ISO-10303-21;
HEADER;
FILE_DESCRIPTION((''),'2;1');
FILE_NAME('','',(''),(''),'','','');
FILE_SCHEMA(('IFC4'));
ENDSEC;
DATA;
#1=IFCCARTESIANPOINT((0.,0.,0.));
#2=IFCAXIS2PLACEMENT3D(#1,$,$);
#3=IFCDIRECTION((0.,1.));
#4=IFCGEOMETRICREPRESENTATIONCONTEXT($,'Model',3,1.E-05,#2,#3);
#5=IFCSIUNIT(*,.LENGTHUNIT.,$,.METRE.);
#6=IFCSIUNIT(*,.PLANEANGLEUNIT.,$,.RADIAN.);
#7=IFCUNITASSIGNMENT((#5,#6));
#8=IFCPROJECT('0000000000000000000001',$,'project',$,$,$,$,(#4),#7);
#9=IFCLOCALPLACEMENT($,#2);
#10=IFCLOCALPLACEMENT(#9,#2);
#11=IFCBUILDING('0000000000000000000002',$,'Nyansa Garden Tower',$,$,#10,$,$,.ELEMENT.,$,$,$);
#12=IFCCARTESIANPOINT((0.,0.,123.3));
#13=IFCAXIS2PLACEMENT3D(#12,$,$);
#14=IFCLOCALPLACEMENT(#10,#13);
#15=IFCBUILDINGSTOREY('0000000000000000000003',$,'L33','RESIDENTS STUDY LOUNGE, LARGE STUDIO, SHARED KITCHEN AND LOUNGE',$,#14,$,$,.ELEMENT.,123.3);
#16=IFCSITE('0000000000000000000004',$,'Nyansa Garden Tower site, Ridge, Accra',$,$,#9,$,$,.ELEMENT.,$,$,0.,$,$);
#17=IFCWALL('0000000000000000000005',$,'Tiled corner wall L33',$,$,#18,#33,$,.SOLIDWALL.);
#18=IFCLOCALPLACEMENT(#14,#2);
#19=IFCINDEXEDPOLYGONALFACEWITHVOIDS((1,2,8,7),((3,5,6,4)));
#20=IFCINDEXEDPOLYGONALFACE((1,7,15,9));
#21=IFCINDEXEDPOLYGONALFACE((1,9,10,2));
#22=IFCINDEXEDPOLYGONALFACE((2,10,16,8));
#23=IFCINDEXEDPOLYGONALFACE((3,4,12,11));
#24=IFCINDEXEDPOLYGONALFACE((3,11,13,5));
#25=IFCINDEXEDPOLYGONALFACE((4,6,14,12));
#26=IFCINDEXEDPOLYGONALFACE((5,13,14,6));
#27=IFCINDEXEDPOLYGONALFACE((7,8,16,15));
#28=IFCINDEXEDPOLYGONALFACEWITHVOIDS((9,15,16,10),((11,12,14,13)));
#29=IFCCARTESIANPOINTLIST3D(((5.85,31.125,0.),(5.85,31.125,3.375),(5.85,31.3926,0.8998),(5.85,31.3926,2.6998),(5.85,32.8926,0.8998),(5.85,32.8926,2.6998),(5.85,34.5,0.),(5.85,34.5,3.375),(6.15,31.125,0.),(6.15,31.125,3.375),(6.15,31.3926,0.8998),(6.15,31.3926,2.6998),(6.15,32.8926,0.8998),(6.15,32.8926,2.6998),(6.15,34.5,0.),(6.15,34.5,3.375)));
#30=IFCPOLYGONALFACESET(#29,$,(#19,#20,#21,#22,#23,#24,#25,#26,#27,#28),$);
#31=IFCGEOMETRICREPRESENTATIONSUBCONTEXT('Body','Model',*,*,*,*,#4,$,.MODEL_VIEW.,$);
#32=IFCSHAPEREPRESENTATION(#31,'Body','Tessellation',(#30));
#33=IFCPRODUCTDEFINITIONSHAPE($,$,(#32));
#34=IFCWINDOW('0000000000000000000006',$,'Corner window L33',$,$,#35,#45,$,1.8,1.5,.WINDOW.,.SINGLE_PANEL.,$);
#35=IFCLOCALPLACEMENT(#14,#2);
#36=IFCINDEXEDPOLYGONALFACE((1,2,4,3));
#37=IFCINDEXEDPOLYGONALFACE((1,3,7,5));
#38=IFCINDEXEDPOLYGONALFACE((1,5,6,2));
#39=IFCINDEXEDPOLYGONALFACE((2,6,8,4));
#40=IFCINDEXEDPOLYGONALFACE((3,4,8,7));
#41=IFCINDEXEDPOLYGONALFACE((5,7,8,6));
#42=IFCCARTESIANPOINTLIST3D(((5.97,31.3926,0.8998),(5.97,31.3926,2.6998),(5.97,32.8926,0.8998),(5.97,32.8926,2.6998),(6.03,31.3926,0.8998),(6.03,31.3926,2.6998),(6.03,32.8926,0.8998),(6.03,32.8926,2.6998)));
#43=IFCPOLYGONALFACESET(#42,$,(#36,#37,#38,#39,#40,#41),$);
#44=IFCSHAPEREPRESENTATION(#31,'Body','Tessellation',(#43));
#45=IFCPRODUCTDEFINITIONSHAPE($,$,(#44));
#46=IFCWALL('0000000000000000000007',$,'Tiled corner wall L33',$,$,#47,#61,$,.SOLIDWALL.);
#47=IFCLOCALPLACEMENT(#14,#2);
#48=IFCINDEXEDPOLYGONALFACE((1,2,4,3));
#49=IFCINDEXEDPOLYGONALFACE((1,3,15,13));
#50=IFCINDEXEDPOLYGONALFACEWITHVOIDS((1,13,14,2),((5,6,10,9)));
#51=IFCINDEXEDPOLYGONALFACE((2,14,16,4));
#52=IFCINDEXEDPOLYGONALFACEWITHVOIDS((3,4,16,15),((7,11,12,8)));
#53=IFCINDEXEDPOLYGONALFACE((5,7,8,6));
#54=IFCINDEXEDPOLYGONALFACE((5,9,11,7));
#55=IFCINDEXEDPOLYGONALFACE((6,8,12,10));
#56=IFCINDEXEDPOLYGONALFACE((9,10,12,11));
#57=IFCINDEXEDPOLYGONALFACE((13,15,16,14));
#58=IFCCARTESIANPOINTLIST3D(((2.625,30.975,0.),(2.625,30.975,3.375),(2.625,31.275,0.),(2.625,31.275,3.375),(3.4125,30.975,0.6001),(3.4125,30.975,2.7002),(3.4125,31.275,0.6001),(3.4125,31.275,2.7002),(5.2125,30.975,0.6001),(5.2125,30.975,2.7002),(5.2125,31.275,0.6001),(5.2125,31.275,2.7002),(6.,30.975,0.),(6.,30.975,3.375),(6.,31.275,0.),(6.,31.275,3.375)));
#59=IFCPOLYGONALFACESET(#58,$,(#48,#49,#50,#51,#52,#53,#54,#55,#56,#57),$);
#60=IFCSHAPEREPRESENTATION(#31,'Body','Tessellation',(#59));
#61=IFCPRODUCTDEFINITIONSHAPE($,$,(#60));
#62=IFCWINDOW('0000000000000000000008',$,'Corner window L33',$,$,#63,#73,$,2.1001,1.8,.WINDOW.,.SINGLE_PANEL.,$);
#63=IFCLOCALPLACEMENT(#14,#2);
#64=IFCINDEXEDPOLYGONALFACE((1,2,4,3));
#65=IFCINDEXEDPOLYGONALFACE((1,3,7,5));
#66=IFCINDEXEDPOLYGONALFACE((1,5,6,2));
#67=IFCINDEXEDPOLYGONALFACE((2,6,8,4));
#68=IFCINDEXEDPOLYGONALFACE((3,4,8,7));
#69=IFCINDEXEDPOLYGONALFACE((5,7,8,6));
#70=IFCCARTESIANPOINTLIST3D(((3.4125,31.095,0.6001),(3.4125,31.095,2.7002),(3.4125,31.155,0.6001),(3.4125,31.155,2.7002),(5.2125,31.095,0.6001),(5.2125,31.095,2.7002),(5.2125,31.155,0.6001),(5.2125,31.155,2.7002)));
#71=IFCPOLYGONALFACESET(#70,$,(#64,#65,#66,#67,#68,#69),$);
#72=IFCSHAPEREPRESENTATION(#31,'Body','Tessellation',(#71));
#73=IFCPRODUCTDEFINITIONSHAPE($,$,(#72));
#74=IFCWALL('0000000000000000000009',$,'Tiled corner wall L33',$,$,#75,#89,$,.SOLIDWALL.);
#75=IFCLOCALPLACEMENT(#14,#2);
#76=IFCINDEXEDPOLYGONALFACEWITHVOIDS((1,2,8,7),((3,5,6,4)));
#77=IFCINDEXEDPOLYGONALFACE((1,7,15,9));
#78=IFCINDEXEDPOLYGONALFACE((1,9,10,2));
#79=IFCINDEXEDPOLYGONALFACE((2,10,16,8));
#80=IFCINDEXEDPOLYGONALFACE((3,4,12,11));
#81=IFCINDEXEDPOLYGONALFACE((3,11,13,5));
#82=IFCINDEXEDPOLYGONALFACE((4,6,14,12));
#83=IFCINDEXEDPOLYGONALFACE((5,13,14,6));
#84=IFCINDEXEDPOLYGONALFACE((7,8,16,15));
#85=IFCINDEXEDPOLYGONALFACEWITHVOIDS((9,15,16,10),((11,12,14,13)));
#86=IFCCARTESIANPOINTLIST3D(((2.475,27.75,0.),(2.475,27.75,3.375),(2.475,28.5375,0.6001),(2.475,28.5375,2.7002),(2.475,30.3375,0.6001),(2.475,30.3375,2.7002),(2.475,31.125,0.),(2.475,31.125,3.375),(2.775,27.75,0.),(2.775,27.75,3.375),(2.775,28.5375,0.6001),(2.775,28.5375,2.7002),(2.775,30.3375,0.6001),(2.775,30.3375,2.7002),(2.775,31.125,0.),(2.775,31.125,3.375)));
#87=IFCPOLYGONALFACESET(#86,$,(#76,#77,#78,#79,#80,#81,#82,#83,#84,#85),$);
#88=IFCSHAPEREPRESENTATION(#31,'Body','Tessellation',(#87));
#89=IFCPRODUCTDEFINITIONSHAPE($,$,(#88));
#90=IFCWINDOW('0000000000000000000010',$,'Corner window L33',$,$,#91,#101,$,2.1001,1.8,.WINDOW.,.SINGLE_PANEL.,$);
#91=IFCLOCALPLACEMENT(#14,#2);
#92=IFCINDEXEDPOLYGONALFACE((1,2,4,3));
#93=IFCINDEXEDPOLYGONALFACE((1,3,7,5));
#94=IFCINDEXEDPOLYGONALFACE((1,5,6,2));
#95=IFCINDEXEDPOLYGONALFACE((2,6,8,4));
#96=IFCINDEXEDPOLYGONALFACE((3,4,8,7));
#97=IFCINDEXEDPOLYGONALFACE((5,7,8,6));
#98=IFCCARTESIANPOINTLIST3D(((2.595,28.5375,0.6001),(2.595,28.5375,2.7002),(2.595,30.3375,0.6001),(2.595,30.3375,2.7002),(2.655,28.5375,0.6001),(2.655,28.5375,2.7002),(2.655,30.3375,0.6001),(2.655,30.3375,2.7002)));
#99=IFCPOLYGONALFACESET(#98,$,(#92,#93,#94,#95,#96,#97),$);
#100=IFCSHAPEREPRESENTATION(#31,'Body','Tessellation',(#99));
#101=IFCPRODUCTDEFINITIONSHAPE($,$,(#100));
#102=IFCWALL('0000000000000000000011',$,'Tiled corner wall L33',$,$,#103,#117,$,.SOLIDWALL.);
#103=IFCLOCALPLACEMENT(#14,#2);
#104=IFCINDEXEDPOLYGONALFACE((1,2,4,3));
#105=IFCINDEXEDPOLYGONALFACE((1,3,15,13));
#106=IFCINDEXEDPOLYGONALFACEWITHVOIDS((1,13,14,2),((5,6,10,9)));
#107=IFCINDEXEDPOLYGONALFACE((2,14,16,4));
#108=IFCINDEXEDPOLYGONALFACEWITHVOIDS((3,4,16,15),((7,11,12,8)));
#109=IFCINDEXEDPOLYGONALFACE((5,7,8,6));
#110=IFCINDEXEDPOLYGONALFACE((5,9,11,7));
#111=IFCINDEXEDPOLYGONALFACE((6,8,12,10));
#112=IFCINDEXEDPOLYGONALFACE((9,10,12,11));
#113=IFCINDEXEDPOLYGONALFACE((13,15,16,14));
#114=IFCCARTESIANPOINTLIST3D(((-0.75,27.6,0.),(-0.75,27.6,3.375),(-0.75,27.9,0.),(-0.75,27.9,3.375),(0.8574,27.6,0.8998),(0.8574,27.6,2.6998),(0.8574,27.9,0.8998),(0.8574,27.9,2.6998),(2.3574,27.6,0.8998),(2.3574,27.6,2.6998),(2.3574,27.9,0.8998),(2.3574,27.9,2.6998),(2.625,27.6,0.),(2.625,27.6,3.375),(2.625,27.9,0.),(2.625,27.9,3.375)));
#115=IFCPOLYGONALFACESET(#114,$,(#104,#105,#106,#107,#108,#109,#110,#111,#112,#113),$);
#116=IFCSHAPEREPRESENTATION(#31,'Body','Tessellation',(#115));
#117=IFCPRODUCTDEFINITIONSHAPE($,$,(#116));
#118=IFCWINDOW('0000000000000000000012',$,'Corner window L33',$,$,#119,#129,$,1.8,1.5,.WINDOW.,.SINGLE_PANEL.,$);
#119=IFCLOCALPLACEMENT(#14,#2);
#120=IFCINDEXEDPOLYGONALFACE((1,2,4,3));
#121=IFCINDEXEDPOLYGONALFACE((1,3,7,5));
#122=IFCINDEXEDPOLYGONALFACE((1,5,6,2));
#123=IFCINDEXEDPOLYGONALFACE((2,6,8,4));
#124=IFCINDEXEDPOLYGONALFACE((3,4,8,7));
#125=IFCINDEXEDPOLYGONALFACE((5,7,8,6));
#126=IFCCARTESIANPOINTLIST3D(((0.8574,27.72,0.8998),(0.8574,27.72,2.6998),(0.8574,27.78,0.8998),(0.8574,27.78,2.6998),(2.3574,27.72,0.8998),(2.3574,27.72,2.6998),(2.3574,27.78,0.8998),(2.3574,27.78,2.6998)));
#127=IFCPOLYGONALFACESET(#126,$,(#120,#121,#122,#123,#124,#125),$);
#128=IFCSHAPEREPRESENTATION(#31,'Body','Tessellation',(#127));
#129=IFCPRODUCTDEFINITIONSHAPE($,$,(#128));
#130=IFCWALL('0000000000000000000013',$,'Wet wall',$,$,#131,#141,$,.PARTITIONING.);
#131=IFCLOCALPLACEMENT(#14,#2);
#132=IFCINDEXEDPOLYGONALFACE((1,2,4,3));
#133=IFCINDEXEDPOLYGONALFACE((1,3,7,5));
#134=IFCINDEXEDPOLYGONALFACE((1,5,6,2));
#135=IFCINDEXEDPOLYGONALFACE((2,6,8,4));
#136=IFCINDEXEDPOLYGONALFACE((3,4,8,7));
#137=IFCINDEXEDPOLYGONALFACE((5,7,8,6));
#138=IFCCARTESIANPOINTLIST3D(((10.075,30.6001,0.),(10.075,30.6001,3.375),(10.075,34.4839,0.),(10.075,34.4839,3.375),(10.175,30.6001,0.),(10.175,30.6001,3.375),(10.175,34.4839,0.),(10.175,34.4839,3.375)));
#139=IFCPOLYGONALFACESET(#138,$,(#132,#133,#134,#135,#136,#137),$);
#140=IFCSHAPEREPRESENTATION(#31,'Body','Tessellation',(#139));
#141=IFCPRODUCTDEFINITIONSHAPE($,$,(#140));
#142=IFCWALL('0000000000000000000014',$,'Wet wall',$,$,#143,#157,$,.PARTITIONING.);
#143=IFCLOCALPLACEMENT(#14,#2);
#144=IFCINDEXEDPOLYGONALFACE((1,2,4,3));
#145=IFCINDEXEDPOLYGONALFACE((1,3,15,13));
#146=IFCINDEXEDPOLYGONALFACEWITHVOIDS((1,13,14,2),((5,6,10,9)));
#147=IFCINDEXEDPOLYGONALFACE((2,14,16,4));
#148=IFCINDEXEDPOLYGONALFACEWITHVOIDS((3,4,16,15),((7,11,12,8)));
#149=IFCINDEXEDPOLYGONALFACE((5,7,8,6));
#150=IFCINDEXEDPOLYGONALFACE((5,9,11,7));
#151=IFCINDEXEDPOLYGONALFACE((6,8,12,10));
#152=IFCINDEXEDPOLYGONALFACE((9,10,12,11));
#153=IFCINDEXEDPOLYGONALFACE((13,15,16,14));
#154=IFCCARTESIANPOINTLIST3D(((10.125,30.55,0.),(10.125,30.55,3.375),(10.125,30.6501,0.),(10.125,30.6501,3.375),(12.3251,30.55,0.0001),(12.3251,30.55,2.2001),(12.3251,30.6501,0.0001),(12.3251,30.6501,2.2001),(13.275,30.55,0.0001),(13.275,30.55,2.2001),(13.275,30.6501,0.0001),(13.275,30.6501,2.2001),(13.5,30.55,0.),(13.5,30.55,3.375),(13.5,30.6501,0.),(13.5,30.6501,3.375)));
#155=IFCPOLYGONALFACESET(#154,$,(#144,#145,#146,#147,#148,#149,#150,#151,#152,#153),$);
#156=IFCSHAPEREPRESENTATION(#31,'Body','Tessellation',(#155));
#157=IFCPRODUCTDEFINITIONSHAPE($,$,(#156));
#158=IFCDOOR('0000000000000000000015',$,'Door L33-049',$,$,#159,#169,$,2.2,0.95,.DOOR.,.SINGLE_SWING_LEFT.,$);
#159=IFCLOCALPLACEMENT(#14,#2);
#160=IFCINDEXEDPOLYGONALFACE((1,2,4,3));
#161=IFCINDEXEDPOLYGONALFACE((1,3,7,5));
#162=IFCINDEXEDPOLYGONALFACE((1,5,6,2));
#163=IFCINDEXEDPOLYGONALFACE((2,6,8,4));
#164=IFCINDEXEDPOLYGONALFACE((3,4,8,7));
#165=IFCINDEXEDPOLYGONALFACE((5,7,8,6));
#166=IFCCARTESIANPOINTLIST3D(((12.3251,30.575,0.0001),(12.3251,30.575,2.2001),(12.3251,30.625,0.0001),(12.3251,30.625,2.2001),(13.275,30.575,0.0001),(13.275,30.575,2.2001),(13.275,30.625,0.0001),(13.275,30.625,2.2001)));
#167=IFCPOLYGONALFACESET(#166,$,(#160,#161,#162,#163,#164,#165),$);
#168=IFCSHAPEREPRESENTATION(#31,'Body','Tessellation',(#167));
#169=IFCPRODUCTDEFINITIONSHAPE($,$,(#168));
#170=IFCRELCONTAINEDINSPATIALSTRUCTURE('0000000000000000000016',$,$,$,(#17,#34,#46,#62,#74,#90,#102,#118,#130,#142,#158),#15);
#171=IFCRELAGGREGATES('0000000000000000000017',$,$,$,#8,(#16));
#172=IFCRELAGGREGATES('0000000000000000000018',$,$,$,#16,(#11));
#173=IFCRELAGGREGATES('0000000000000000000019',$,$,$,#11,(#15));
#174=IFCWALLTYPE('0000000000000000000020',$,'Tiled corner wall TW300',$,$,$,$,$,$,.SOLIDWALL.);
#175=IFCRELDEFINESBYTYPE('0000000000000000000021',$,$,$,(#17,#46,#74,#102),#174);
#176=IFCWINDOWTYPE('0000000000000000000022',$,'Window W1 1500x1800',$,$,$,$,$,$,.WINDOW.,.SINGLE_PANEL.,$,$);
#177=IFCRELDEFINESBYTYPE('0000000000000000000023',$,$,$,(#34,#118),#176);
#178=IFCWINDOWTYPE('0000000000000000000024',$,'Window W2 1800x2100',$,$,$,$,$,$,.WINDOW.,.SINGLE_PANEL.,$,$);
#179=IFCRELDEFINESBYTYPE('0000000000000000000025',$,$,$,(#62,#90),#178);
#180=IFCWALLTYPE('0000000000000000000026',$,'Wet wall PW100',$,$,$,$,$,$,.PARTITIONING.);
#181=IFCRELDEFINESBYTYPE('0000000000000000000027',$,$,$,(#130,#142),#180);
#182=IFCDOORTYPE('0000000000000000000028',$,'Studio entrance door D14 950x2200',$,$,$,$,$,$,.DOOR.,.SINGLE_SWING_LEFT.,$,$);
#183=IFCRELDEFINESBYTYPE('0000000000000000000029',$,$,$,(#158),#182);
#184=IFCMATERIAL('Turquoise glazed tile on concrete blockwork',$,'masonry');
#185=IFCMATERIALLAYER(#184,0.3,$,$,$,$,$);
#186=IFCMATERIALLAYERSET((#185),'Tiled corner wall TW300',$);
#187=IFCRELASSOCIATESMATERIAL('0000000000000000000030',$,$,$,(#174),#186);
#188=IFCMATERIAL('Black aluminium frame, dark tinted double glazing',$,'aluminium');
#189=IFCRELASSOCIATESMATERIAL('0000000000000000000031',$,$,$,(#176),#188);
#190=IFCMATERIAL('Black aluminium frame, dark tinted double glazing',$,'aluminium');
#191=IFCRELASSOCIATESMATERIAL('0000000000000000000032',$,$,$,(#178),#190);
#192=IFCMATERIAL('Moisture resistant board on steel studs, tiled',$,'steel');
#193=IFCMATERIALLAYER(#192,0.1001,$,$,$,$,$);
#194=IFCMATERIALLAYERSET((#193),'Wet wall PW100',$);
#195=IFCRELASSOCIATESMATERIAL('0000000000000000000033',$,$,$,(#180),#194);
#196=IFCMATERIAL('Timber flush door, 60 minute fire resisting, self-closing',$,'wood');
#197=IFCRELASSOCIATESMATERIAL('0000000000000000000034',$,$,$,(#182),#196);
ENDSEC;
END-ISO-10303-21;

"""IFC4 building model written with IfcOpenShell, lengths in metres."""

from ifc_helpers import new_model, si_unit, direction, frame, frame_2d, origin, place, context, subcontext, project, spatial, rectangle, extrude, material, layer, layer_set, type_object, element, fill, save


model = new_model("IFC4")

# Units and contexts
model_context = context("Model", 3, precision=1e-05, world=origin(), true_north=direction((0.0, 1.0)))
body_context = subcontext(model_context, "Body", "Model", "MODEL_VIEW")
ifc_project = project(units=[si_unit("LENGTHUNIT", "METRE"), si_unit("PLANEANGLEUNIT", "RADIAN")], contexts=[model_context])

# Site, building, storey
site_placement = place(None, origin())
site = spatial("IfcSite", under=ifc_project, at=site_placement, Name="Nyansa Garden Tower site, Ridge, Accra", CompositionType="ELEMENT", RefElevation=0.0)
building_placement = place(site_placement, origin())
building = spatial("IfcBuilding", under=site, at=building_placement, Name="Nyansa Garden Tower", CompositionType="ELEMENT")
storey_placement = place(building_placement, frame((0.0, 0.0, 123.3)))
storey = spatial("IfcBuildingStorey", under=building, at=storey_placement, Name="L33", Description="RESIDENTS STUDY LOUNGE, LARGE STUDIO, SHARED KITCHEN AND LOUNGE", CompositionType="ELEMENT", Elevation=123.3)

# Walls, openings, windows
ifc_material_1 = material(Name="Turquoise glazed tile on concrete blockwork", Category="masonry")
ifc_layer_1 = layer(ifc_material_1, 0.3)
ifc_layer_set_1 = layer_set([ifc_layer_1], Name="Tiled corner wall TW300")
wall_type_1 = type_object("IfcWallType", Name="Tiled corner wall TW300", PredefinedType="SOLIDWALL", material=ifc_layer_set_1)
wall_1_placement = place(storey_placement, frame((6.0, 34.5, 0.0), z_axis=(0.0, 0.0, 1.0), x_axis=(0.0, -1.0, 0.0)))
wall_1 = element("IfcWall", 1, at=wall_1_placement, inside=storey, type_object=wall_type_1, Name="Tiled corner wall L33", PredefinedType="SOLIDWALL", context=body_context, shape_type="SweptSolid", body=[
    extrude(rectangle(XDim=3.375, YDim=0.3, at=frame_2d((1.6875, 0.0))), origin(), (0.0, 0.0, 1.0), 3.375),
])
opening_1_placement = place(wall_1_placement, frame((1.6074, 0.0, 0.8999)))
opening_1 = element("IfcOpeningElement", 2, at=opening_1_placement, cuts=wall_1, PredefinedType="OPENING", context=body_context, shape_type="SweptSolid", body=[
    extrude(rectangle(XDim=1.5, YDim=1.8, at=frame_2d((0.75, 0.8999))), frame((0.0, 0.1599, 0.0), z_axis=(0.0, -1.0, 0.0), x_axis=(1.0, 0.0, 0.0)), (0.0, 0.0, 1.0), 0.3201),
])
ifc_material_2 = material(Name="Black aluminium frame, dark tinted double glazing", Category="aluminium")
window_type_1 = type_object("IfcWindowType", Name="Window W1 1500x1800", PartitioningType="SINGLE_PANEL", PredefinedType="WINDOW", material=ifc_material_2)
window_1_placement = place(opening_1_placement, origin())
window_1 = element("IfcWindow", 3, at=window_1_placement, inside=storey, type_object=window_type_1, Name="Corner window L33", OverallHeight=1.8, OverallWidth=1.5, PartitioningType="SINGLE_PANEL", PredefinedType="WINDOW", context=body_context, shape_type="SweptSolid", body=[
    extrude(rectangle(XDim=1.5, YDim=1.8, at=frame_2d((0.75, 0.8999))), frame((0.0, 0.03, 0.0), z_axis=(0.0, -1.0, 0.0), x_axis=(1.0, 0.0, 0.0)), (0.0, 0.0, 1.0), 0.0601),
])
fill(opening_1, window_1)
wall_2_placement = place(storey_placement, frame((6.0, 31.125, 0.0), z_axis=(0.0, 0.0, 1.0), x_axis=(-1.0, 0.0, 0.0)))
wall_2 = element("IfcWall", 4, at=wall_2_placement, inside=storey, type_object=wall_type_1, Name="Tiled corner wall L33", PredefinedType="SOLIDWALL", context=body_context, shape_type="SweptSolid", body=[
    extrude(rectangle(XDim=3.375, YDim=0.3, at=frame_2d((1.6875, 0.0))), origin(), (0.0, 0.0, 1.0), 3.375),
])
opening_2_placement = place(wall_2_placement, frame((0.7876, 0.0, 0.6001)))
opening_2 = element("IfcOpeningElement", 5, at=opening_2_placement, cuts=wall_2, PredefinedType="OPENING", context=body_context, shape_type="SweptSolid", body=[
    extrude(rectangle(XDim=1.8, YDim=2.1001, at=frame_2d((0.8999, 1.05))), frame((0.0, 0.1599, 0.0), z_axis=(0.0, -1.0, 0.0), x_axis=(1.0, 0.0, 0.0)), (0.0, 0.0, 1.0), 0.3201),
])
ifc_material_3 = material(Name="Black aluminium frame, dark tinted double glazing", Category="aluminium")
window_type_2 = type_object("IfcWindowType", Name="Window W2 1800x2100", PartitioningType="SINGLE_PANEL", PredefinedType="WINDOW", material=ifc_material_3)
window_2_placement = place(opening_2_placement, origin())
window_2 = element("IfcWindow", 6, at=window_2_placement, inside=storey, type_object=window_type_2, Name="Corner window L33", OverallHeight=2.1001, OverallWidth=1.8, PartitioningType="SINGLE_PANEL", PredefinedType="WINDOW", context=body_context, shape_type="SweptSolid", body=[
    extrude(rectangle(XDim=1.8, YDim=2.1001, at=frame_2d((0.8999, 1.05))), frame((0.0, 0.03, 0.0), z_axis=(0.0, -1.0, 0.0), x_axis=(1.0, 0.0, 0.0)), (0.0, 0.0, 1.0), 0.0601),
])
fill(opening_2, window_2)
wall_3_placement = place(storey_placement, frame((2.625, 31.125, 0.0), z_axis=(0.0, 0.0, 1.0), x_axis=(0.0, -1.0, 0.0)))
wall_3 = element("IfcWall", 7, at=wall_3_placement, inside=storey, type_object=wall_type_1, Name="Tiled corner wall L33", PredefinedType="SOLIDWALL", context=body_context, shape_type="SweptSolid", body=[
    extrude(rectangle(XDim=3.375, YDim=0.3, at=frame_2d((1.6875, 0.0))), origin(), (0.0, 0.0, 1.0), 3.375),
])
opening_3_placement = place(wall_3_placement, frame((0.7876, 0.0, 0.6001)))
opening_3 = element("IfcOpeningElement", 8, at=opening_3_placement, cuts=wall_3, PredefinedType="OPENING", context=body_context, shape_type="SweptSolid", body=[
    extrude(rectangle(XDim=1.8, YDim=2.1001, at=frame_2d((0.8999, 1.05))), frame((0.0, 0.1599, 0.0), z_axis=(0.0, -1.0, 0.0), x_axis=(1.0, 0.0, 0.0)), (0.0, 0.0, 1.0), 0.3201),
])
window_3_placement = place(opening_3_placement, origin())
window_3 = element("IfcWindow", 9, at=window_3_placement, inside=storey, type_object=window_type_2, Name="Corner window L33", OverallHeight=2.1001, OverallWidth=1.8, PartitioningType="SINGLE_PANEL", PredefinedType="WINDOW", context=body_context, shape_type="SweptSolid", body=[
    extrude(rectangle(XDim=1.8, YDim=2.1001, at=frame_2d((0.8999, 1.05))), frame((0.0, 0.03, 0.0), z_axis=(0.0, -1.0, 0.0), x_axis=(1.0, 0.0, 0.0)), (0.0, 0.0, 1.0), 0.0601),
])
fill(opening_3, window_3)
wall_4_placement = place(storey_placement, frame((2.625, 27.75, 0.0), z_axis=(0.0, 0.0, 1.0), x_axis=(-1.0, 0.0, 0.0)))
wall_4 = element("IfcWall", 10, at=wall_4_placement, inside=storey, type_object=wall_type_1, Name="Tiled corner wall L33", PredefinedType="SOLIDWALL", context=body_context, shape_type="SweptSolid", body=[
    extrude(rectangle(XDim=3.375, YDim=0.3, at=frame_2d((1.6875, 0.0))), origin(), (0.0, 0.0, 1.0), 3.375),
])
opening_4_placement = place(wall_4_placement, frame((0.2676, 0.0, 0.8999)))
opening_4 = element("IfcOpeningElement", 11, at=opening_4_placement, cuts=wall_4, PredefinedType="OPENING", context=body_context, shape_type="SweptSolid", body=[
    extrude(rectangle(XDim=1.5, YDim=1.8, at=frame_2d((0.75, 0.8999))), frame((0.0, 0.1599, 0.0), z_axis=(0.0, -1.0, 0.0), x_axis=(1.0, 0.0, 0.0)), (0.0, 0.0, 1.0), 0.3201),
])
window_4_placement = place(opening_4_placement, origin())
window_4 = element("IfcWindow", 12, at=window_4_placement, inside=storey, type_object=window_type_1, Name="Corner window L33", OverallHeight=1.8, OverallWidth=1.5, PartitioningType="SINGLE_PANEL", PredefinedType="WINDOW", context=body_context, shape_type="SweptSolid", body=[
    extrude(rectangle(XDim=1.5, YDim=1.8, at=frame_2d((0.75, 0.8999))), frame((0.0, 0.03, 0.0), z_axis=(0.0, -1.0, 0.0), x_axis=(1.0, 0.0, 0.0)), (0.0, 0.0, 1.0), 0.0601),
])
fill(opening_4, window_4)

# Wall
ifc_material_4 = material(Name="Moisture resistant board on steel studs, tiled", Category="steel")
ifc_layer_2 = layer(ifc_material_4, 0.1001)
ifc_layer_set_2 = layer_set([ifc_layer_2], Name="Wet wall PW100")
wall_type_2 = type_object("IfcWallType", Name="Wet wall PW100", PredefinedType="PARTITIONING", material=ifc_layer_set_2)
wall_5_placement = place(storey_placement, frame((10.125, 30.6001, 0.0), z_axis=(0.0, 0.0, 1.0), x_axis=(0.0, 1.0, 0.0)))
element("IfcWall", 13, at=wall_5_placement, inside=storey, type_object=wall_type_2, Name="Wet wall", PredefinedType="PARTITIONING", context=body_context, shape_type="SweptSolid", body=[
    extrude(rectangle(XDim=3.8838, YDim=0.1001, at=frame_2d((1.9419, 0.0))), origin(), (0.0, 0.0, 1.0), 3.375),
])

# Wall, opening, door
wall_6_placement = place(storey_placement, frame((10.125, 30.6001, 0.0), z_axis=(0.0, 0.0, 1.0), x_axis=(1.0, 0.0, 0.0)))
wall_6 = element("IfcWall", 14, at=wall_6_placement, inside=storey, type_object=wall_type_2, Name="Wet wall", PredefinedType="PARTITIONING", context=body_context, shape_type="SweptSolid", body=[
    extrude(rectangle(XDim=3.375, YDim=0.1001, at=frame_2d((1.6875, 0.0))), origin(), (0.0, 0.0, 1.0), 3.375),
])
opening_5_placement = place(wall_6_placement, frame((2.2, 0.0, 0.0)))
opening_5 = element("IfcOpeningElement", 15, at=opening_5_placement, cuts=wall_6, PredefinedType="OPENING", context=body_context, shape_type="SweptSolid", body=[
    extrude(rectangle(XDim=0.95, YDim=2.2, at=frame_2d((0.4751, 1.1001))), frame((0.0, 0.0601, 0.0), z_axis=(0.0, -1.0, 0.0), x_axis=(1.0, 0.0, 0.0)), (0.0, 0.0, 1.0), 0.1201),
])
ifc_material_5 = material(Name="Timber flush door, 60 minute fire resisting, self-closing", Category="wood")
door_type_1 = type_object("IfcDoorType", Name="Studio entrance door D14 950x2200", OperationType="SINGLE_SWING_LEFT", PredefinedType="DOOR", material=ifc_material_5)
door_1_placement = place(opening_5_placement, origin())
door_1 = element("IfcDoor", 16, at=door_1_placement, inside=storey, type_object=door_type_1, Name="Door L33-049", OperationType="SINGLE_SWING_LEFT", OverallHeight=2.2, OverallWidth=0.95, PredefinedType="DOOR", context=body_context, shape_type="SweptSolid", body=[
    extrude(rectangle(XDim=0.95, YDim=2.2, at=frame_2d((0.4751, 1.1001))), frame((0.0, 0.0249, 0.0), z_axis=(0.0, -1.0, 0.0), x_axis=(1.0, 0.0, 0.0)), (0.0, 0.0, 1.0), 0.05),
])
fill(opening_5, door_1)

save(model, "model.ifc")
